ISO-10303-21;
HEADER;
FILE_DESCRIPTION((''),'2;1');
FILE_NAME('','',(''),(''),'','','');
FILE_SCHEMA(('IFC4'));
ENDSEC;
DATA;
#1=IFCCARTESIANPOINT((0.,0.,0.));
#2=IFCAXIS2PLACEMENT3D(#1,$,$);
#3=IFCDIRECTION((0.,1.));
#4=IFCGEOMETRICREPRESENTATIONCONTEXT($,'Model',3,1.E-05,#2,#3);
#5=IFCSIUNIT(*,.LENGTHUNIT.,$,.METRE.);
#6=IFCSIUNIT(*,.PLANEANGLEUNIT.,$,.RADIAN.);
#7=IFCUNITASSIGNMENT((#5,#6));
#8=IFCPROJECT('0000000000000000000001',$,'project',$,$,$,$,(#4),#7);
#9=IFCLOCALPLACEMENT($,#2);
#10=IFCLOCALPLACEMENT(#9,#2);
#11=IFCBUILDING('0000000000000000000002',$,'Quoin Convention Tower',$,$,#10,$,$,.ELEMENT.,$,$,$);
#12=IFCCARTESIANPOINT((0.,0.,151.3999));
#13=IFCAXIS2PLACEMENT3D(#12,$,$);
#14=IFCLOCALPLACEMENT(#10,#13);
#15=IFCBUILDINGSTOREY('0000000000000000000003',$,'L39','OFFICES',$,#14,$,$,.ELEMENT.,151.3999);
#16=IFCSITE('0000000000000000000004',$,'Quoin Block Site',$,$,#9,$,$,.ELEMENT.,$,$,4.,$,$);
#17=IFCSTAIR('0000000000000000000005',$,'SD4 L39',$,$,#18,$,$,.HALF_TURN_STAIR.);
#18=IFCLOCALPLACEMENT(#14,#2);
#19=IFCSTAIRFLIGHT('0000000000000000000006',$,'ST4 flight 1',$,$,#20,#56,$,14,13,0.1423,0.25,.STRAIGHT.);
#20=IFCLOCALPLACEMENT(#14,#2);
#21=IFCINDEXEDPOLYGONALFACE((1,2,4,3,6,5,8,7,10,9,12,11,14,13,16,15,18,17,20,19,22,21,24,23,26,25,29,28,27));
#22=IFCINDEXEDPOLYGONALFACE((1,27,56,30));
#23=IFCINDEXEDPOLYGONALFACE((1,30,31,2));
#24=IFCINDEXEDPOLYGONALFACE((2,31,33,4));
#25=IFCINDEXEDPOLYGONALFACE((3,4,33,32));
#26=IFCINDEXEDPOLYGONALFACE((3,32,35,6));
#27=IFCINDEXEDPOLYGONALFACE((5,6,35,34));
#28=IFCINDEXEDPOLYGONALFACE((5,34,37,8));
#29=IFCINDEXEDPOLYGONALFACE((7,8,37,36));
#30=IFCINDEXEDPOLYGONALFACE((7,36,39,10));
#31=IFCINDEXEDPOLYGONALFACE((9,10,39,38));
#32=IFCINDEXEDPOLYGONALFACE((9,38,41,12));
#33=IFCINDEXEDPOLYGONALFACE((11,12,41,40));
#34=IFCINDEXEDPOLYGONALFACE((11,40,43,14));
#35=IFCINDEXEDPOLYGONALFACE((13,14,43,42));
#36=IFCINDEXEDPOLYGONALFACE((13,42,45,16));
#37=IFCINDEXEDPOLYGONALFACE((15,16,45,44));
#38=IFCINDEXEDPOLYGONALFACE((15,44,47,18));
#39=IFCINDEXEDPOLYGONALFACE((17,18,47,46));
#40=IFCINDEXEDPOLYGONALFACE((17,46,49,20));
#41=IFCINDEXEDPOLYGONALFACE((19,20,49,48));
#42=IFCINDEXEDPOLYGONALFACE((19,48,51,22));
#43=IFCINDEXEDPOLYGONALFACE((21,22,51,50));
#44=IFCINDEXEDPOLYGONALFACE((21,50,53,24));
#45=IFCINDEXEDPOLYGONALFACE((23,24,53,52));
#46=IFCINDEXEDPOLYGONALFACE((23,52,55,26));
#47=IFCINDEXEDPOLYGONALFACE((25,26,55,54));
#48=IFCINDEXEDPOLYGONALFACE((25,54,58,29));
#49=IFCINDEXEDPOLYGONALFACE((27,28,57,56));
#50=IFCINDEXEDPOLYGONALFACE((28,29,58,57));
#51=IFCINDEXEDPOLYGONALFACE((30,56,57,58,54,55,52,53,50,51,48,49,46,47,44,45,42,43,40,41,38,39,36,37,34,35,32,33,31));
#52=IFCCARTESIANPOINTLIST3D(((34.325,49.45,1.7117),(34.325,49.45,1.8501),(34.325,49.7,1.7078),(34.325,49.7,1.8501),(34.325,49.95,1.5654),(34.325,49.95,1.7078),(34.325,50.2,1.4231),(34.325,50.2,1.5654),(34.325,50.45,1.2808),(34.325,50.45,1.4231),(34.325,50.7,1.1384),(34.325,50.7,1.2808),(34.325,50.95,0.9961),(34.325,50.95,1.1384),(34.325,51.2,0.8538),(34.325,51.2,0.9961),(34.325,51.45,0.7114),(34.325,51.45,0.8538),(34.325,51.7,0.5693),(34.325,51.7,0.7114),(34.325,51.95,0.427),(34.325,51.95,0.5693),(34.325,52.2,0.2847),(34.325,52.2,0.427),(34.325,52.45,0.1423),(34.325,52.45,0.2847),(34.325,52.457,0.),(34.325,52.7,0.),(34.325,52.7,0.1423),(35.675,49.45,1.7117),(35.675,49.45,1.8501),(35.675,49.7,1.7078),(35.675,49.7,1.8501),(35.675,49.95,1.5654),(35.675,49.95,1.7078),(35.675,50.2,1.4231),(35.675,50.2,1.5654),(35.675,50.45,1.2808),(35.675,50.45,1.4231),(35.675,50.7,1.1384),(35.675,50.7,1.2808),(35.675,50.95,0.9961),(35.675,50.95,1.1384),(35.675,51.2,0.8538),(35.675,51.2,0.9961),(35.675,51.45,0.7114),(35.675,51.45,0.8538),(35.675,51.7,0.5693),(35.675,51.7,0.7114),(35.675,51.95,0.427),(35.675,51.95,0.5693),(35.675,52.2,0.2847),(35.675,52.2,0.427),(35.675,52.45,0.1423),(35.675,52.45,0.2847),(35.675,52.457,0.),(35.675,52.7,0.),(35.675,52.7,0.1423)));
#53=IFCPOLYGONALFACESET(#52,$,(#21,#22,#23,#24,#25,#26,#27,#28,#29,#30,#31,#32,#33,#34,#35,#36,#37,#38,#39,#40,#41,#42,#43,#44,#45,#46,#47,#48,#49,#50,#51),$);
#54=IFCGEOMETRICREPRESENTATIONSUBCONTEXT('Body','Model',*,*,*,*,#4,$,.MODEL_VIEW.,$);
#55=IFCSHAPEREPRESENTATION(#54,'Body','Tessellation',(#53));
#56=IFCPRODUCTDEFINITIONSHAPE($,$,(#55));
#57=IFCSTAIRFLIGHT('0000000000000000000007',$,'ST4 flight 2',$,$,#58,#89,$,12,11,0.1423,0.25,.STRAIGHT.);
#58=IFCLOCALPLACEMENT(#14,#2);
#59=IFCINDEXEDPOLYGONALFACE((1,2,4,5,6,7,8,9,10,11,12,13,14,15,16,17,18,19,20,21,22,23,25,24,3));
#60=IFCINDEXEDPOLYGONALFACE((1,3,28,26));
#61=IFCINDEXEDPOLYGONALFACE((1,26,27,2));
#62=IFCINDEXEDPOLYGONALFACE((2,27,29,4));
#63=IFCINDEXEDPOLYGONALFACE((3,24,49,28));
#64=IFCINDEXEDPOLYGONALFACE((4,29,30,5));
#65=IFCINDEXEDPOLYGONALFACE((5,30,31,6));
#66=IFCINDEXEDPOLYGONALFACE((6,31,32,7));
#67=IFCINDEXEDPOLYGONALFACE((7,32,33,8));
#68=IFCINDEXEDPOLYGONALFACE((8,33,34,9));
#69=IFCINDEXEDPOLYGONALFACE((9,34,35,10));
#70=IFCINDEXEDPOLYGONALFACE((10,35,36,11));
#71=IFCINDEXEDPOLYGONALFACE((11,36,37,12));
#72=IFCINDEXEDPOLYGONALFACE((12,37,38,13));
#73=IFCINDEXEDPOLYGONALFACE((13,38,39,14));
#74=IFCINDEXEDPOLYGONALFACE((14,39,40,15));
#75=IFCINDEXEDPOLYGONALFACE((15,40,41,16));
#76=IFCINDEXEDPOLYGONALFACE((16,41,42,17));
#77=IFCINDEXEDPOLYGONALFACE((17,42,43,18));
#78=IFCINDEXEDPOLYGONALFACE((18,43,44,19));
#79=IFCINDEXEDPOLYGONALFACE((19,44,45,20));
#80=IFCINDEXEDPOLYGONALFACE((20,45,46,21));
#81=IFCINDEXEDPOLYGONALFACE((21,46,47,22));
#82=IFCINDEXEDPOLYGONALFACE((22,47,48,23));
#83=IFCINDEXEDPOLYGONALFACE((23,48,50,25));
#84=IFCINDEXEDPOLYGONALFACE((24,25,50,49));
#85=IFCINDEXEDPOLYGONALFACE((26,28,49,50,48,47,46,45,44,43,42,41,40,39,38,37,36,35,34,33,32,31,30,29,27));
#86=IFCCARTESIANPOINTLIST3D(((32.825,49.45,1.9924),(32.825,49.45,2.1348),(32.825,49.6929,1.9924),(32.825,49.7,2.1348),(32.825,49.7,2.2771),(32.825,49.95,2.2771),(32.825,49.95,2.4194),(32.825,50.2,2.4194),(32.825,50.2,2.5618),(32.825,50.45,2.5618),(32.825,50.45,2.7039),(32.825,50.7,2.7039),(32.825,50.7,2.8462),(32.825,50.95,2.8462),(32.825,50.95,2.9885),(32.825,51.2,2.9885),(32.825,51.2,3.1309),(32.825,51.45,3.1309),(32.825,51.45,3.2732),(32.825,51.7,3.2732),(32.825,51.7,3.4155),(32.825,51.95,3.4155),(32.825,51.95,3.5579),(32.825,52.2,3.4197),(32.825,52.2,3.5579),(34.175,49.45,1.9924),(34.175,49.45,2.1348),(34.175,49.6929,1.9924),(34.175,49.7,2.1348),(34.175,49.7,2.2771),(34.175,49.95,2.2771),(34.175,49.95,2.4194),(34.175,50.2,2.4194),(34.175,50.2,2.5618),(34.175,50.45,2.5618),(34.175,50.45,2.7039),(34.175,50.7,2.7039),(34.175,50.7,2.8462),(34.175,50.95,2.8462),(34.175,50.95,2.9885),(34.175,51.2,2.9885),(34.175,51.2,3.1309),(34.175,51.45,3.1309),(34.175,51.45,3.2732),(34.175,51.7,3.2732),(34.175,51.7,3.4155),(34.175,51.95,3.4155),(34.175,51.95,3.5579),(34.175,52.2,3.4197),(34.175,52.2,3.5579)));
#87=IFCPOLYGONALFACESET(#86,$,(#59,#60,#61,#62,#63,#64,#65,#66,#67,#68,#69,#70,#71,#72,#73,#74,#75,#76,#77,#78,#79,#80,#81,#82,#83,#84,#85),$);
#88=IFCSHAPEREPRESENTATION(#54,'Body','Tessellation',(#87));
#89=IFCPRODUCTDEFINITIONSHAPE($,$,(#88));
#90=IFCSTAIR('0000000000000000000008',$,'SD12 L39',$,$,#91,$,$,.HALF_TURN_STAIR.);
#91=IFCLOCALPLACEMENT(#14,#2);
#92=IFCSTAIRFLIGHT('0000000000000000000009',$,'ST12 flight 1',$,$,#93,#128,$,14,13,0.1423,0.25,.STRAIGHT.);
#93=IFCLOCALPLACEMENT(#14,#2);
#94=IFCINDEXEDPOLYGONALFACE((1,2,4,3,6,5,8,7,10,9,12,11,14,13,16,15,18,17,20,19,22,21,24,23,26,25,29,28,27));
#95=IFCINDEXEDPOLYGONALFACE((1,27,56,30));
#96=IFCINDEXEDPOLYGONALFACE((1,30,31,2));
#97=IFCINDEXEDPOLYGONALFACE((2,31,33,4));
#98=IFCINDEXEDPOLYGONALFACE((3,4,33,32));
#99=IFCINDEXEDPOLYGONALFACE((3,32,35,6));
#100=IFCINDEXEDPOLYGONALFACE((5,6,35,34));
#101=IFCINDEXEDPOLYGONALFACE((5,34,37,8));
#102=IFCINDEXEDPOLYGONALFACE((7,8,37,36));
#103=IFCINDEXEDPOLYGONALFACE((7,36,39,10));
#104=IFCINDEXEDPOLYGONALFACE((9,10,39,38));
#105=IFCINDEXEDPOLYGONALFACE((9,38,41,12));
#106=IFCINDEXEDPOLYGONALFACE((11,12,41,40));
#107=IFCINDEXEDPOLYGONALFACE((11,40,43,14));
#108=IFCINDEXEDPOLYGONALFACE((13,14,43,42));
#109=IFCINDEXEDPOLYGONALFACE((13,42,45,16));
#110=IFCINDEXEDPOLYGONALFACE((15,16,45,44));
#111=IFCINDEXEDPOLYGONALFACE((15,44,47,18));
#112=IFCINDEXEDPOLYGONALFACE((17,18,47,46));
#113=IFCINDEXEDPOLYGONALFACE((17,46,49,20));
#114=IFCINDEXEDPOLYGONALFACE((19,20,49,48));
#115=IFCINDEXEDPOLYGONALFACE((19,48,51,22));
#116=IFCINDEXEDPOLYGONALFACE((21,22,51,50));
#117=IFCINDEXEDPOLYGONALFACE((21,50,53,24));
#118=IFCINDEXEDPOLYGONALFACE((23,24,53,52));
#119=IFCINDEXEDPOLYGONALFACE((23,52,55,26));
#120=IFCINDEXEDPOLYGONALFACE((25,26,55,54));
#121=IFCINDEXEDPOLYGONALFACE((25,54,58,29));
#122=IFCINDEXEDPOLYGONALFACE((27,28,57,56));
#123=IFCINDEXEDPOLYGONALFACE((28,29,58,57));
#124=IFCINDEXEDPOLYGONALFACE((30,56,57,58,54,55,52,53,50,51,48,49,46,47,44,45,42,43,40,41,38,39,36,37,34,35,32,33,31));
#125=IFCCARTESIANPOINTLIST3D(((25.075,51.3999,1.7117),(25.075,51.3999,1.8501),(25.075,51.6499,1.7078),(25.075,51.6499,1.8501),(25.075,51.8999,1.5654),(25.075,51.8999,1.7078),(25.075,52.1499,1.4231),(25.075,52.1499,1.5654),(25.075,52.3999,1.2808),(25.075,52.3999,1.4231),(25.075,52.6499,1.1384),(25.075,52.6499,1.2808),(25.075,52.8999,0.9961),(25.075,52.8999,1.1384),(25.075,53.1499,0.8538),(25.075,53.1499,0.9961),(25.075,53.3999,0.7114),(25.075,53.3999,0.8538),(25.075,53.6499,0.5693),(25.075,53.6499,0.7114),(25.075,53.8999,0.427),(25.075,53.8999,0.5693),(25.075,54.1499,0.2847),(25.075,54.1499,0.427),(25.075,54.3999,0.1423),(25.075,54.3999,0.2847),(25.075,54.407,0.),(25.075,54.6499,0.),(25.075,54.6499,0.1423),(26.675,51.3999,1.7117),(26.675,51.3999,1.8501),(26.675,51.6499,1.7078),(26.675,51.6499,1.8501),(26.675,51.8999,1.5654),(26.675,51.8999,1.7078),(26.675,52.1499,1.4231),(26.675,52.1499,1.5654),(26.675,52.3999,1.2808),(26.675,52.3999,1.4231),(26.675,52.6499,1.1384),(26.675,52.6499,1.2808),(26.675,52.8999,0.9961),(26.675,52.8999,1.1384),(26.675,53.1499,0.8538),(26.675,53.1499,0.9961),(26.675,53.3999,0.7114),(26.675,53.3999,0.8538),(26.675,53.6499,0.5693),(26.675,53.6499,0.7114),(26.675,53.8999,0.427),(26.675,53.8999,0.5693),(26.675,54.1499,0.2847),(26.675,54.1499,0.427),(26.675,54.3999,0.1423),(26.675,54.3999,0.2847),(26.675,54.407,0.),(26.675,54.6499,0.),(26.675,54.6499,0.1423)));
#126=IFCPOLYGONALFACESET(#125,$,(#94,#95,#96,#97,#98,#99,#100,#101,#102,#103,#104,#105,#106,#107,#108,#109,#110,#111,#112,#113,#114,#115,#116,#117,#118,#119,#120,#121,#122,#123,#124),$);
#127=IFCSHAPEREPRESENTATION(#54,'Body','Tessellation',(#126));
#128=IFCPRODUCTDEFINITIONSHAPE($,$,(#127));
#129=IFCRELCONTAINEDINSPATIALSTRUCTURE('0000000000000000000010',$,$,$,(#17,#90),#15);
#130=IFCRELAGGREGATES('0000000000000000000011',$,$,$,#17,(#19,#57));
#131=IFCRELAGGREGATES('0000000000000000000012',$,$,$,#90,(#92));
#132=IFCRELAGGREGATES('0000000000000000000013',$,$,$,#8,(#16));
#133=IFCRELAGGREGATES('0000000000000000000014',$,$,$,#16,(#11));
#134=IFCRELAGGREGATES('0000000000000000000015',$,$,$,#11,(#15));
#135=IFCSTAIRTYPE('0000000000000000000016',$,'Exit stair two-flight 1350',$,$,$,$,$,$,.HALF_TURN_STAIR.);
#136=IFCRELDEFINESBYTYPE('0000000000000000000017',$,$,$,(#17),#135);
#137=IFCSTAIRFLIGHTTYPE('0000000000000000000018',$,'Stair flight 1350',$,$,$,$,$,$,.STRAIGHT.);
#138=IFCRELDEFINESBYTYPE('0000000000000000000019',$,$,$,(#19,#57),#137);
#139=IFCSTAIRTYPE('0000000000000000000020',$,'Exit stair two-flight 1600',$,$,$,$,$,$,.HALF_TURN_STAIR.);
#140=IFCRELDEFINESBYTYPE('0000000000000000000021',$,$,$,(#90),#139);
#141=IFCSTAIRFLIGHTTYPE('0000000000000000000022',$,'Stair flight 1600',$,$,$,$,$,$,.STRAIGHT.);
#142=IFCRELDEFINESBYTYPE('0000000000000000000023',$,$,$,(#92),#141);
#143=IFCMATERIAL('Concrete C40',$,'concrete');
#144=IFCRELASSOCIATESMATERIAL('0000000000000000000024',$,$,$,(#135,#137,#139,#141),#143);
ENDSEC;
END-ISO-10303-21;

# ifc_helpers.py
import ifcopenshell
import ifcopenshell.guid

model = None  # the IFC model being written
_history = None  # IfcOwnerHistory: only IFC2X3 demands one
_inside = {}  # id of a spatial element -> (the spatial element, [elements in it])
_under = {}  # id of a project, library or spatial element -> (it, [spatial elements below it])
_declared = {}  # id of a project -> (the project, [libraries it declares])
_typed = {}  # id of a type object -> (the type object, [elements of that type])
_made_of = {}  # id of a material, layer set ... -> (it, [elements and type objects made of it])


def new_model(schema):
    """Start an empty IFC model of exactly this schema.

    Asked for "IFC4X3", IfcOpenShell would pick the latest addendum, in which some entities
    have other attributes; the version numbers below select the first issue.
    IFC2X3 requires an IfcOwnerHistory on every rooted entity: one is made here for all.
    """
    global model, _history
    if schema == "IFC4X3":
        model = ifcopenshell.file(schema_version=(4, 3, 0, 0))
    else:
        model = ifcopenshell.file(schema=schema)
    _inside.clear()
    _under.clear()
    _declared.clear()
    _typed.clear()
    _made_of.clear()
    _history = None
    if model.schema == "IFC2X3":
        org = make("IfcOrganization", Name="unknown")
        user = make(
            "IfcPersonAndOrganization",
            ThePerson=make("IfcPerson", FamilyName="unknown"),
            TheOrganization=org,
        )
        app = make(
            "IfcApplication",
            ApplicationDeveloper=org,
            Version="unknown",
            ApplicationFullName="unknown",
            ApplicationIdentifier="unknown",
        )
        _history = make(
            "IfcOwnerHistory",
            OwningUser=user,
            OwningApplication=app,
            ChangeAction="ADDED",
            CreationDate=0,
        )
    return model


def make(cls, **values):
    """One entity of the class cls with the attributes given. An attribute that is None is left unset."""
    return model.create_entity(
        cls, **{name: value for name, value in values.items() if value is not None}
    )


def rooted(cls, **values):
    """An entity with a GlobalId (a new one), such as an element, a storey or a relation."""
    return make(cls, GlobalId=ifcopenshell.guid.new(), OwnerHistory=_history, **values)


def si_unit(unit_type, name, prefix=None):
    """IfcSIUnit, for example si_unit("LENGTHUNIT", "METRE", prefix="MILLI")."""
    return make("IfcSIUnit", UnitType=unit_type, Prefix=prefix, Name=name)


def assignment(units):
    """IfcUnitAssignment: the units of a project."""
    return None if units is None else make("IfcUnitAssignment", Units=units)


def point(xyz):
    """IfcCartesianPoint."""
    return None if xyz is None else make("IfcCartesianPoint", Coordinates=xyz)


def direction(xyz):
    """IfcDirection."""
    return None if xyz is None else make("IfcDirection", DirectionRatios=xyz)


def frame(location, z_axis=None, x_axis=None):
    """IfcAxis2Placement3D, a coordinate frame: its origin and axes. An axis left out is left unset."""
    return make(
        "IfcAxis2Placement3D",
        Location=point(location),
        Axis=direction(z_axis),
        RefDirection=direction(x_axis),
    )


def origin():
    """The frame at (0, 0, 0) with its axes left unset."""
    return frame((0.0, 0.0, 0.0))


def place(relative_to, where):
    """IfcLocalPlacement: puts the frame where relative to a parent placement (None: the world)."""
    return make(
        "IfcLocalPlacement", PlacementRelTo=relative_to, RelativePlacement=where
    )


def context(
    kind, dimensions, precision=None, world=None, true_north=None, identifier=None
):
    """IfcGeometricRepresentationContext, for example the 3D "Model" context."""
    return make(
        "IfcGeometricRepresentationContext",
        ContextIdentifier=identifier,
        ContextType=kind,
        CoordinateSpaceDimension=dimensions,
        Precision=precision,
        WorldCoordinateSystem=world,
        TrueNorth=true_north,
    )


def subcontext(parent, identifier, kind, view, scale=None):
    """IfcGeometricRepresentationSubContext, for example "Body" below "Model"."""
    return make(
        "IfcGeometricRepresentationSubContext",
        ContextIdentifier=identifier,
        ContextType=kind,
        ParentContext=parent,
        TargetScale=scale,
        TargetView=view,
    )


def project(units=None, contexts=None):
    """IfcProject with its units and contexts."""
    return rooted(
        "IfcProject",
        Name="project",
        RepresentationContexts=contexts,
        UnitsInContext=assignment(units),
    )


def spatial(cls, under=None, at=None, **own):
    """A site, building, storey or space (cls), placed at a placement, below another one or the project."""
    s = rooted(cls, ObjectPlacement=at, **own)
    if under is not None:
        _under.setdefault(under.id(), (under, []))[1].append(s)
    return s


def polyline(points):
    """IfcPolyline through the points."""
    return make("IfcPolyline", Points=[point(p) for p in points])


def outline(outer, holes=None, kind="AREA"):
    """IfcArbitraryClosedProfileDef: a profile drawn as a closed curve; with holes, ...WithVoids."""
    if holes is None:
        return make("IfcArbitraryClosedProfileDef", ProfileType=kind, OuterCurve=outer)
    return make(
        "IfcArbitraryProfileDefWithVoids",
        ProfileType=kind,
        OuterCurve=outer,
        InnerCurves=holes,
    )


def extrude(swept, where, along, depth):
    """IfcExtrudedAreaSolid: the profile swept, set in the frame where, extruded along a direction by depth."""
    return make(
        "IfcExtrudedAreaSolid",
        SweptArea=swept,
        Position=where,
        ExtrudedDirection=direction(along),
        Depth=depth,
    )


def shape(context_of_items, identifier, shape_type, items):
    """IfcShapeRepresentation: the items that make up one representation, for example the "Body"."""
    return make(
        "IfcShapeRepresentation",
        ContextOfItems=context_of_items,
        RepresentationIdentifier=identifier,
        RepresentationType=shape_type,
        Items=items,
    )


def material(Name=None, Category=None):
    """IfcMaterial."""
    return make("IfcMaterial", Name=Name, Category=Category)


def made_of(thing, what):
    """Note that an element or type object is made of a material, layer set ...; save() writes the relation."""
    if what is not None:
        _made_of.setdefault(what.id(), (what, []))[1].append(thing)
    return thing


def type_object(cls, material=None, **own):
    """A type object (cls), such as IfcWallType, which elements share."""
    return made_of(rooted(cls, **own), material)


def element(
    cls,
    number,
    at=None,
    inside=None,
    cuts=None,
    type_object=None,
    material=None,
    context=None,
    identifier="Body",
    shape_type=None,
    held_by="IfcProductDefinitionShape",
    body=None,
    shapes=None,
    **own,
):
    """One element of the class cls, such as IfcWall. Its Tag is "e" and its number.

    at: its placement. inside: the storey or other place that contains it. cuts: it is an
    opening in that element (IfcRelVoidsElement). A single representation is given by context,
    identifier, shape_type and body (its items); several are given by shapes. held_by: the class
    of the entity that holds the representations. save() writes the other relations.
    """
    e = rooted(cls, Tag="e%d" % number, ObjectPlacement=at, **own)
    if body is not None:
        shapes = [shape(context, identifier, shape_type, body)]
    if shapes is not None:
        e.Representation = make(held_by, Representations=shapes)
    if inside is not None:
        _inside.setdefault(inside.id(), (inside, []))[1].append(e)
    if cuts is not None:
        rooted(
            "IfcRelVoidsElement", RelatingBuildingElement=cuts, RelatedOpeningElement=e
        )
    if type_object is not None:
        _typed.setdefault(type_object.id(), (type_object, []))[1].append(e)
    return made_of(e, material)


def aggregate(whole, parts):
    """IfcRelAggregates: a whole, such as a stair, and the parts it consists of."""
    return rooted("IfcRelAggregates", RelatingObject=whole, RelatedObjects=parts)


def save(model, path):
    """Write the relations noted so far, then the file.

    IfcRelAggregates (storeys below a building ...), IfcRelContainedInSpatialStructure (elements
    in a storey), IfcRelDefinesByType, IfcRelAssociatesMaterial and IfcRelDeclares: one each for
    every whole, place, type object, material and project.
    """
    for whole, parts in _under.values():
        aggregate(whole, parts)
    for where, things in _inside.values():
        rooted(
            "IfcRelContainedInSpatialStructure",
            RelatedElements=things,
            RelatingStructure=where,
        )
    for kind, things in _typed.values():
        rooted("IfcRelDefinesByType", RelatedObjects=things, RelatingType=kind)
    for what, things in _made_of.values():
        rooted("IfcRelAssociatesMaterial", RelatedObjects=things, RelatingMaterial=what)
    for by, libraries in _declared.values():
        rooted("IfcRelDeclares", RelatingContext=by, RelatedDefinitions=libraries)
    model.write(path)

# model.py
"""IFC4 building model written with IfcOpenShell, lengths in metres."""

from ifc_helpers import new_model, si_unit, direction, frame, origin, place, context, subcontext, project, spatial, polyline, outline, extrude, material, type_object, element, aggregate, save


model = new_model("IFC4")

# Units and contexts
model_context = context("Model", 3, precision=1e-05, world=origin(), true_north=direction((0.0, 1.0)))
body_context = subcontext(model_context, "Body", "Model", "MODEL_VIEW")
ifc_project = project(units=[si_unit("LENGTHUNIT", "METRE"), si_unit("PLANEANGLEUNIT", "RADIAN")], contexts=[model_context])

# Site, building, storey
site_placement = place(None, origin())
site = spatial("IfcSite", under=ifc_project, at=site_placement, Name="Quoin Block Site", CompositionType="ELEMENT", RefElevation=4.0)
building_placement = place(site_placement, origin())
building = spatial("IfcBuilding", under=site, at=building_placement, Name="Quoin Convention Tower", CompositionType="ELEMENT")
storey_placement = place(building_placement, frame((0.0, 0.0, 151.3999)))
storey = spatial("IfcBuildingStorey", under=building, at=storey_placement, Name="L39", Description="OFFICES", CompositionType="ELEMENT", Elevation=151.3999)

# Shared definitions
ifc_material_1 = material(Name="Concrete C40", Category="concrete")
stair_type_1 = type_object("IfcStairType", Name="Exit stair two-flight 1350", PredefinedType="HALF_TURN_STAIR", material=ifc_material_1)
stair_flight_type_1 = type_object("IfcStairFlightType", Name="Stair flight 1350", PredefinedType="STRAIGHT", material=ifc_material_1)

# Stair, stair flights
stair_1_placement = place(storey_placement, origin())
stair_1 = element("IfcStair", 1, at=stair_1_placement, inside=storey, type_object=stair_type_1, Name="SD4 L39", PredefinedType="HALF_TURN_STAIR")
stair_flight_1_placement = place(storey_placement, frame((35.0, 52.7, 0.0), z_axis=(0.0, 0.0, 1.0), x_axis=(0.0, -1.0, 0.0)))
stair_flight_1 = element("IfcStairFlight", 2, at=stair_flight_1_placement, type_object=stair_flight_type_1, Name="ST4 flight 1", NumberOfRisers=14, NumberOfTreads=13, PredefinedType="STRAIGHT", RiserHeight=0.1423, TreadLength=0.25, context=body_context, shape_type="SweptSolid", body=[
    extrude(outline(polyline([(0.0, 0.0), (0.0, 0.1423), (0.25, 0.1423), (0.25, 0.2847), (0.5, 0.2847), (0.5, 0.427), (0.75, 0.427), (0.75, 0.5693), (1.0, 0.5693), (1.0, 0.7114), (1.25, 0.7114), (1.25, 0.8538), (1.5, 0.8538), (1.5, 0.9961), (1.75, 0.9961), (1.75, 1.1384), (2.0, 1.1384), (2.0, 1.2808), (2.25, 1.2808), (2.25, 1.4231), (2.5, 1.4231), (2.5, 1.5654), (2.75, 1.5654), (2.75, 1.7078), (3.0, 1.7078), (3.0, 1.8501), (3.25, 1.8501), (3.25, 1.9922), (3.25, 1.7117), (0.2429, 0.0), (0.0, 0.0)])), frame((0.0, 0.675, 0.0), z_axis=(0.0, -1.0, 0.0), x_axis=(1.0, 0.0, 0.0)), (0.0, 0.0, 1.0), 1.3501),
])
stair_flight_2_placement = place(storey_placement, frame((33.5, 49.45, 1.9924), z_axis=(0.0, 0.0, 1.0), x_axis=(0.0, 1.0, 0.0)))
stair_flight_2 = element("IfcStairFlight", 3, at=stair_flight_2_placement, type_object=stair_flight_type_1, Name="ST4 flight 2", NumberOfRisers=12, NumberOfTreads=11, PredefinedType="STRAIGHT", RiserHeight=0.1423, TreadLength=0.25, context=body_context, shape_type="SweptSolid", body=[
    extrude(outline(polyline([(0.0, 0.0), (0.0, 0.1423), (0.25, 0.1423), (0.25, 0.2847), (0.5, 0.2847), (0.5, 0.427), (0.75, 0.427), (0.75, 0.5693), (1.0, 0.5693), (1.0, 0.7114), (1.25, 0.7114), (1.25, 0.8538), (1.5, 0.8538), (1.5, 0.9961), (1.75, 0.9961), (1.75, 1.1384), (2.0, 1.1384), (2.0, 1.2808), (2.25, 1.2808), (2.25, 1.4231), (2.5, 1.4231), (2.5, 1.5654), (2.75, 1.5654), (2.75, 1.7078), (2.75, 1.4272), (0.2429, 0.0), (0.0, 0.0)])), frame((0.0, 0.675, 0.0), z_axis=(0.0, -1.0, 0.0), x_axis=(1.0, 0.0, 0.0)), (0.0, 0.0, 1.0), 1.3501),
])
aggregate(stair_1, [stair_flight_1, stair_flight_2])

# Stair, stair flight
stair_type_2 = type_object("IfcStairType", Name="Exit stair two-flight 1600", PredefinedType="HALF_TURN_STAIR", material=ifc_material_1)
stair_2_placement = place(storey_placement, origin())
stair_2 = element("IfcStair", 4, at=stair_2_placement, inside=storey, type_object=stair_type_2, Name="SD12 L39", PredefinedType="HALF_TURN_STAIR")
stair_flight_type_2 = type_object("IfcStairFlightType", Name="Stair flight 1600", PredefinedType="STRAIGHT", material=ifc_material_1)
stair_flight_3_placement = place(storey_placement, frame((25.875, 54.6499, 0.0), z_axis=(0.0, 0.0, 1.0), x_axis=(0.0, -1.0, 0.0)))
stair_flight_3 = element("IfcStairFlight", 5, at=stair_flight_3_placement, type_object=stair_flight_type_2, Name="ST12 flight 1", NumberOfRisers=14, NumberOfTreads=13, PredefinedType="STRAIGHT", RiserHeight=0.1423, TreadLength=0.25, context=body_context, shape_type="SweptSolid", body=[
    extrude(outline(polyline([(0.0, 0.0), (0.0, 0.1423), (0.25, 0.1423), (0.25, 0.2847), (0.5, 0.2847), (0.5, 0.427), (0.75, 0.427), (0.75, 0.5693), (1.0, 0.5693), (1.0, 0.7114), (1.25, 0.7114), (1.25, 0.8538), (1.5, 0.8538), (1.5, 0.9961), (1.75, 0.9961), (1.75, 1.1384), (2.0, 1.1384), (2.0, 1.2808), (2.25, 1.2808), (2.25, 1.4231), (2.5, 1.4231), (2.5, 1.5654), (2.75, 1.5654), (2.75, 1.7078), (3.0, 1.7078), (3.0, 1.8501), (3.25, 1.8501), (3.25, 1.9922), (3.25, 1.7117), (0.2429, 0.0), (0.0, 0.0)])), frame((0.0, 0.8, 0.0), z_axis=(0.0, -1.0, 0.0), x_axis=(1.0, 0.0, 0.0)), (0.0, 0.0, 1.0), 1.6001),
])
aggregate(stair_2, [stair_flight_3])

save(model, "model.ifc")
